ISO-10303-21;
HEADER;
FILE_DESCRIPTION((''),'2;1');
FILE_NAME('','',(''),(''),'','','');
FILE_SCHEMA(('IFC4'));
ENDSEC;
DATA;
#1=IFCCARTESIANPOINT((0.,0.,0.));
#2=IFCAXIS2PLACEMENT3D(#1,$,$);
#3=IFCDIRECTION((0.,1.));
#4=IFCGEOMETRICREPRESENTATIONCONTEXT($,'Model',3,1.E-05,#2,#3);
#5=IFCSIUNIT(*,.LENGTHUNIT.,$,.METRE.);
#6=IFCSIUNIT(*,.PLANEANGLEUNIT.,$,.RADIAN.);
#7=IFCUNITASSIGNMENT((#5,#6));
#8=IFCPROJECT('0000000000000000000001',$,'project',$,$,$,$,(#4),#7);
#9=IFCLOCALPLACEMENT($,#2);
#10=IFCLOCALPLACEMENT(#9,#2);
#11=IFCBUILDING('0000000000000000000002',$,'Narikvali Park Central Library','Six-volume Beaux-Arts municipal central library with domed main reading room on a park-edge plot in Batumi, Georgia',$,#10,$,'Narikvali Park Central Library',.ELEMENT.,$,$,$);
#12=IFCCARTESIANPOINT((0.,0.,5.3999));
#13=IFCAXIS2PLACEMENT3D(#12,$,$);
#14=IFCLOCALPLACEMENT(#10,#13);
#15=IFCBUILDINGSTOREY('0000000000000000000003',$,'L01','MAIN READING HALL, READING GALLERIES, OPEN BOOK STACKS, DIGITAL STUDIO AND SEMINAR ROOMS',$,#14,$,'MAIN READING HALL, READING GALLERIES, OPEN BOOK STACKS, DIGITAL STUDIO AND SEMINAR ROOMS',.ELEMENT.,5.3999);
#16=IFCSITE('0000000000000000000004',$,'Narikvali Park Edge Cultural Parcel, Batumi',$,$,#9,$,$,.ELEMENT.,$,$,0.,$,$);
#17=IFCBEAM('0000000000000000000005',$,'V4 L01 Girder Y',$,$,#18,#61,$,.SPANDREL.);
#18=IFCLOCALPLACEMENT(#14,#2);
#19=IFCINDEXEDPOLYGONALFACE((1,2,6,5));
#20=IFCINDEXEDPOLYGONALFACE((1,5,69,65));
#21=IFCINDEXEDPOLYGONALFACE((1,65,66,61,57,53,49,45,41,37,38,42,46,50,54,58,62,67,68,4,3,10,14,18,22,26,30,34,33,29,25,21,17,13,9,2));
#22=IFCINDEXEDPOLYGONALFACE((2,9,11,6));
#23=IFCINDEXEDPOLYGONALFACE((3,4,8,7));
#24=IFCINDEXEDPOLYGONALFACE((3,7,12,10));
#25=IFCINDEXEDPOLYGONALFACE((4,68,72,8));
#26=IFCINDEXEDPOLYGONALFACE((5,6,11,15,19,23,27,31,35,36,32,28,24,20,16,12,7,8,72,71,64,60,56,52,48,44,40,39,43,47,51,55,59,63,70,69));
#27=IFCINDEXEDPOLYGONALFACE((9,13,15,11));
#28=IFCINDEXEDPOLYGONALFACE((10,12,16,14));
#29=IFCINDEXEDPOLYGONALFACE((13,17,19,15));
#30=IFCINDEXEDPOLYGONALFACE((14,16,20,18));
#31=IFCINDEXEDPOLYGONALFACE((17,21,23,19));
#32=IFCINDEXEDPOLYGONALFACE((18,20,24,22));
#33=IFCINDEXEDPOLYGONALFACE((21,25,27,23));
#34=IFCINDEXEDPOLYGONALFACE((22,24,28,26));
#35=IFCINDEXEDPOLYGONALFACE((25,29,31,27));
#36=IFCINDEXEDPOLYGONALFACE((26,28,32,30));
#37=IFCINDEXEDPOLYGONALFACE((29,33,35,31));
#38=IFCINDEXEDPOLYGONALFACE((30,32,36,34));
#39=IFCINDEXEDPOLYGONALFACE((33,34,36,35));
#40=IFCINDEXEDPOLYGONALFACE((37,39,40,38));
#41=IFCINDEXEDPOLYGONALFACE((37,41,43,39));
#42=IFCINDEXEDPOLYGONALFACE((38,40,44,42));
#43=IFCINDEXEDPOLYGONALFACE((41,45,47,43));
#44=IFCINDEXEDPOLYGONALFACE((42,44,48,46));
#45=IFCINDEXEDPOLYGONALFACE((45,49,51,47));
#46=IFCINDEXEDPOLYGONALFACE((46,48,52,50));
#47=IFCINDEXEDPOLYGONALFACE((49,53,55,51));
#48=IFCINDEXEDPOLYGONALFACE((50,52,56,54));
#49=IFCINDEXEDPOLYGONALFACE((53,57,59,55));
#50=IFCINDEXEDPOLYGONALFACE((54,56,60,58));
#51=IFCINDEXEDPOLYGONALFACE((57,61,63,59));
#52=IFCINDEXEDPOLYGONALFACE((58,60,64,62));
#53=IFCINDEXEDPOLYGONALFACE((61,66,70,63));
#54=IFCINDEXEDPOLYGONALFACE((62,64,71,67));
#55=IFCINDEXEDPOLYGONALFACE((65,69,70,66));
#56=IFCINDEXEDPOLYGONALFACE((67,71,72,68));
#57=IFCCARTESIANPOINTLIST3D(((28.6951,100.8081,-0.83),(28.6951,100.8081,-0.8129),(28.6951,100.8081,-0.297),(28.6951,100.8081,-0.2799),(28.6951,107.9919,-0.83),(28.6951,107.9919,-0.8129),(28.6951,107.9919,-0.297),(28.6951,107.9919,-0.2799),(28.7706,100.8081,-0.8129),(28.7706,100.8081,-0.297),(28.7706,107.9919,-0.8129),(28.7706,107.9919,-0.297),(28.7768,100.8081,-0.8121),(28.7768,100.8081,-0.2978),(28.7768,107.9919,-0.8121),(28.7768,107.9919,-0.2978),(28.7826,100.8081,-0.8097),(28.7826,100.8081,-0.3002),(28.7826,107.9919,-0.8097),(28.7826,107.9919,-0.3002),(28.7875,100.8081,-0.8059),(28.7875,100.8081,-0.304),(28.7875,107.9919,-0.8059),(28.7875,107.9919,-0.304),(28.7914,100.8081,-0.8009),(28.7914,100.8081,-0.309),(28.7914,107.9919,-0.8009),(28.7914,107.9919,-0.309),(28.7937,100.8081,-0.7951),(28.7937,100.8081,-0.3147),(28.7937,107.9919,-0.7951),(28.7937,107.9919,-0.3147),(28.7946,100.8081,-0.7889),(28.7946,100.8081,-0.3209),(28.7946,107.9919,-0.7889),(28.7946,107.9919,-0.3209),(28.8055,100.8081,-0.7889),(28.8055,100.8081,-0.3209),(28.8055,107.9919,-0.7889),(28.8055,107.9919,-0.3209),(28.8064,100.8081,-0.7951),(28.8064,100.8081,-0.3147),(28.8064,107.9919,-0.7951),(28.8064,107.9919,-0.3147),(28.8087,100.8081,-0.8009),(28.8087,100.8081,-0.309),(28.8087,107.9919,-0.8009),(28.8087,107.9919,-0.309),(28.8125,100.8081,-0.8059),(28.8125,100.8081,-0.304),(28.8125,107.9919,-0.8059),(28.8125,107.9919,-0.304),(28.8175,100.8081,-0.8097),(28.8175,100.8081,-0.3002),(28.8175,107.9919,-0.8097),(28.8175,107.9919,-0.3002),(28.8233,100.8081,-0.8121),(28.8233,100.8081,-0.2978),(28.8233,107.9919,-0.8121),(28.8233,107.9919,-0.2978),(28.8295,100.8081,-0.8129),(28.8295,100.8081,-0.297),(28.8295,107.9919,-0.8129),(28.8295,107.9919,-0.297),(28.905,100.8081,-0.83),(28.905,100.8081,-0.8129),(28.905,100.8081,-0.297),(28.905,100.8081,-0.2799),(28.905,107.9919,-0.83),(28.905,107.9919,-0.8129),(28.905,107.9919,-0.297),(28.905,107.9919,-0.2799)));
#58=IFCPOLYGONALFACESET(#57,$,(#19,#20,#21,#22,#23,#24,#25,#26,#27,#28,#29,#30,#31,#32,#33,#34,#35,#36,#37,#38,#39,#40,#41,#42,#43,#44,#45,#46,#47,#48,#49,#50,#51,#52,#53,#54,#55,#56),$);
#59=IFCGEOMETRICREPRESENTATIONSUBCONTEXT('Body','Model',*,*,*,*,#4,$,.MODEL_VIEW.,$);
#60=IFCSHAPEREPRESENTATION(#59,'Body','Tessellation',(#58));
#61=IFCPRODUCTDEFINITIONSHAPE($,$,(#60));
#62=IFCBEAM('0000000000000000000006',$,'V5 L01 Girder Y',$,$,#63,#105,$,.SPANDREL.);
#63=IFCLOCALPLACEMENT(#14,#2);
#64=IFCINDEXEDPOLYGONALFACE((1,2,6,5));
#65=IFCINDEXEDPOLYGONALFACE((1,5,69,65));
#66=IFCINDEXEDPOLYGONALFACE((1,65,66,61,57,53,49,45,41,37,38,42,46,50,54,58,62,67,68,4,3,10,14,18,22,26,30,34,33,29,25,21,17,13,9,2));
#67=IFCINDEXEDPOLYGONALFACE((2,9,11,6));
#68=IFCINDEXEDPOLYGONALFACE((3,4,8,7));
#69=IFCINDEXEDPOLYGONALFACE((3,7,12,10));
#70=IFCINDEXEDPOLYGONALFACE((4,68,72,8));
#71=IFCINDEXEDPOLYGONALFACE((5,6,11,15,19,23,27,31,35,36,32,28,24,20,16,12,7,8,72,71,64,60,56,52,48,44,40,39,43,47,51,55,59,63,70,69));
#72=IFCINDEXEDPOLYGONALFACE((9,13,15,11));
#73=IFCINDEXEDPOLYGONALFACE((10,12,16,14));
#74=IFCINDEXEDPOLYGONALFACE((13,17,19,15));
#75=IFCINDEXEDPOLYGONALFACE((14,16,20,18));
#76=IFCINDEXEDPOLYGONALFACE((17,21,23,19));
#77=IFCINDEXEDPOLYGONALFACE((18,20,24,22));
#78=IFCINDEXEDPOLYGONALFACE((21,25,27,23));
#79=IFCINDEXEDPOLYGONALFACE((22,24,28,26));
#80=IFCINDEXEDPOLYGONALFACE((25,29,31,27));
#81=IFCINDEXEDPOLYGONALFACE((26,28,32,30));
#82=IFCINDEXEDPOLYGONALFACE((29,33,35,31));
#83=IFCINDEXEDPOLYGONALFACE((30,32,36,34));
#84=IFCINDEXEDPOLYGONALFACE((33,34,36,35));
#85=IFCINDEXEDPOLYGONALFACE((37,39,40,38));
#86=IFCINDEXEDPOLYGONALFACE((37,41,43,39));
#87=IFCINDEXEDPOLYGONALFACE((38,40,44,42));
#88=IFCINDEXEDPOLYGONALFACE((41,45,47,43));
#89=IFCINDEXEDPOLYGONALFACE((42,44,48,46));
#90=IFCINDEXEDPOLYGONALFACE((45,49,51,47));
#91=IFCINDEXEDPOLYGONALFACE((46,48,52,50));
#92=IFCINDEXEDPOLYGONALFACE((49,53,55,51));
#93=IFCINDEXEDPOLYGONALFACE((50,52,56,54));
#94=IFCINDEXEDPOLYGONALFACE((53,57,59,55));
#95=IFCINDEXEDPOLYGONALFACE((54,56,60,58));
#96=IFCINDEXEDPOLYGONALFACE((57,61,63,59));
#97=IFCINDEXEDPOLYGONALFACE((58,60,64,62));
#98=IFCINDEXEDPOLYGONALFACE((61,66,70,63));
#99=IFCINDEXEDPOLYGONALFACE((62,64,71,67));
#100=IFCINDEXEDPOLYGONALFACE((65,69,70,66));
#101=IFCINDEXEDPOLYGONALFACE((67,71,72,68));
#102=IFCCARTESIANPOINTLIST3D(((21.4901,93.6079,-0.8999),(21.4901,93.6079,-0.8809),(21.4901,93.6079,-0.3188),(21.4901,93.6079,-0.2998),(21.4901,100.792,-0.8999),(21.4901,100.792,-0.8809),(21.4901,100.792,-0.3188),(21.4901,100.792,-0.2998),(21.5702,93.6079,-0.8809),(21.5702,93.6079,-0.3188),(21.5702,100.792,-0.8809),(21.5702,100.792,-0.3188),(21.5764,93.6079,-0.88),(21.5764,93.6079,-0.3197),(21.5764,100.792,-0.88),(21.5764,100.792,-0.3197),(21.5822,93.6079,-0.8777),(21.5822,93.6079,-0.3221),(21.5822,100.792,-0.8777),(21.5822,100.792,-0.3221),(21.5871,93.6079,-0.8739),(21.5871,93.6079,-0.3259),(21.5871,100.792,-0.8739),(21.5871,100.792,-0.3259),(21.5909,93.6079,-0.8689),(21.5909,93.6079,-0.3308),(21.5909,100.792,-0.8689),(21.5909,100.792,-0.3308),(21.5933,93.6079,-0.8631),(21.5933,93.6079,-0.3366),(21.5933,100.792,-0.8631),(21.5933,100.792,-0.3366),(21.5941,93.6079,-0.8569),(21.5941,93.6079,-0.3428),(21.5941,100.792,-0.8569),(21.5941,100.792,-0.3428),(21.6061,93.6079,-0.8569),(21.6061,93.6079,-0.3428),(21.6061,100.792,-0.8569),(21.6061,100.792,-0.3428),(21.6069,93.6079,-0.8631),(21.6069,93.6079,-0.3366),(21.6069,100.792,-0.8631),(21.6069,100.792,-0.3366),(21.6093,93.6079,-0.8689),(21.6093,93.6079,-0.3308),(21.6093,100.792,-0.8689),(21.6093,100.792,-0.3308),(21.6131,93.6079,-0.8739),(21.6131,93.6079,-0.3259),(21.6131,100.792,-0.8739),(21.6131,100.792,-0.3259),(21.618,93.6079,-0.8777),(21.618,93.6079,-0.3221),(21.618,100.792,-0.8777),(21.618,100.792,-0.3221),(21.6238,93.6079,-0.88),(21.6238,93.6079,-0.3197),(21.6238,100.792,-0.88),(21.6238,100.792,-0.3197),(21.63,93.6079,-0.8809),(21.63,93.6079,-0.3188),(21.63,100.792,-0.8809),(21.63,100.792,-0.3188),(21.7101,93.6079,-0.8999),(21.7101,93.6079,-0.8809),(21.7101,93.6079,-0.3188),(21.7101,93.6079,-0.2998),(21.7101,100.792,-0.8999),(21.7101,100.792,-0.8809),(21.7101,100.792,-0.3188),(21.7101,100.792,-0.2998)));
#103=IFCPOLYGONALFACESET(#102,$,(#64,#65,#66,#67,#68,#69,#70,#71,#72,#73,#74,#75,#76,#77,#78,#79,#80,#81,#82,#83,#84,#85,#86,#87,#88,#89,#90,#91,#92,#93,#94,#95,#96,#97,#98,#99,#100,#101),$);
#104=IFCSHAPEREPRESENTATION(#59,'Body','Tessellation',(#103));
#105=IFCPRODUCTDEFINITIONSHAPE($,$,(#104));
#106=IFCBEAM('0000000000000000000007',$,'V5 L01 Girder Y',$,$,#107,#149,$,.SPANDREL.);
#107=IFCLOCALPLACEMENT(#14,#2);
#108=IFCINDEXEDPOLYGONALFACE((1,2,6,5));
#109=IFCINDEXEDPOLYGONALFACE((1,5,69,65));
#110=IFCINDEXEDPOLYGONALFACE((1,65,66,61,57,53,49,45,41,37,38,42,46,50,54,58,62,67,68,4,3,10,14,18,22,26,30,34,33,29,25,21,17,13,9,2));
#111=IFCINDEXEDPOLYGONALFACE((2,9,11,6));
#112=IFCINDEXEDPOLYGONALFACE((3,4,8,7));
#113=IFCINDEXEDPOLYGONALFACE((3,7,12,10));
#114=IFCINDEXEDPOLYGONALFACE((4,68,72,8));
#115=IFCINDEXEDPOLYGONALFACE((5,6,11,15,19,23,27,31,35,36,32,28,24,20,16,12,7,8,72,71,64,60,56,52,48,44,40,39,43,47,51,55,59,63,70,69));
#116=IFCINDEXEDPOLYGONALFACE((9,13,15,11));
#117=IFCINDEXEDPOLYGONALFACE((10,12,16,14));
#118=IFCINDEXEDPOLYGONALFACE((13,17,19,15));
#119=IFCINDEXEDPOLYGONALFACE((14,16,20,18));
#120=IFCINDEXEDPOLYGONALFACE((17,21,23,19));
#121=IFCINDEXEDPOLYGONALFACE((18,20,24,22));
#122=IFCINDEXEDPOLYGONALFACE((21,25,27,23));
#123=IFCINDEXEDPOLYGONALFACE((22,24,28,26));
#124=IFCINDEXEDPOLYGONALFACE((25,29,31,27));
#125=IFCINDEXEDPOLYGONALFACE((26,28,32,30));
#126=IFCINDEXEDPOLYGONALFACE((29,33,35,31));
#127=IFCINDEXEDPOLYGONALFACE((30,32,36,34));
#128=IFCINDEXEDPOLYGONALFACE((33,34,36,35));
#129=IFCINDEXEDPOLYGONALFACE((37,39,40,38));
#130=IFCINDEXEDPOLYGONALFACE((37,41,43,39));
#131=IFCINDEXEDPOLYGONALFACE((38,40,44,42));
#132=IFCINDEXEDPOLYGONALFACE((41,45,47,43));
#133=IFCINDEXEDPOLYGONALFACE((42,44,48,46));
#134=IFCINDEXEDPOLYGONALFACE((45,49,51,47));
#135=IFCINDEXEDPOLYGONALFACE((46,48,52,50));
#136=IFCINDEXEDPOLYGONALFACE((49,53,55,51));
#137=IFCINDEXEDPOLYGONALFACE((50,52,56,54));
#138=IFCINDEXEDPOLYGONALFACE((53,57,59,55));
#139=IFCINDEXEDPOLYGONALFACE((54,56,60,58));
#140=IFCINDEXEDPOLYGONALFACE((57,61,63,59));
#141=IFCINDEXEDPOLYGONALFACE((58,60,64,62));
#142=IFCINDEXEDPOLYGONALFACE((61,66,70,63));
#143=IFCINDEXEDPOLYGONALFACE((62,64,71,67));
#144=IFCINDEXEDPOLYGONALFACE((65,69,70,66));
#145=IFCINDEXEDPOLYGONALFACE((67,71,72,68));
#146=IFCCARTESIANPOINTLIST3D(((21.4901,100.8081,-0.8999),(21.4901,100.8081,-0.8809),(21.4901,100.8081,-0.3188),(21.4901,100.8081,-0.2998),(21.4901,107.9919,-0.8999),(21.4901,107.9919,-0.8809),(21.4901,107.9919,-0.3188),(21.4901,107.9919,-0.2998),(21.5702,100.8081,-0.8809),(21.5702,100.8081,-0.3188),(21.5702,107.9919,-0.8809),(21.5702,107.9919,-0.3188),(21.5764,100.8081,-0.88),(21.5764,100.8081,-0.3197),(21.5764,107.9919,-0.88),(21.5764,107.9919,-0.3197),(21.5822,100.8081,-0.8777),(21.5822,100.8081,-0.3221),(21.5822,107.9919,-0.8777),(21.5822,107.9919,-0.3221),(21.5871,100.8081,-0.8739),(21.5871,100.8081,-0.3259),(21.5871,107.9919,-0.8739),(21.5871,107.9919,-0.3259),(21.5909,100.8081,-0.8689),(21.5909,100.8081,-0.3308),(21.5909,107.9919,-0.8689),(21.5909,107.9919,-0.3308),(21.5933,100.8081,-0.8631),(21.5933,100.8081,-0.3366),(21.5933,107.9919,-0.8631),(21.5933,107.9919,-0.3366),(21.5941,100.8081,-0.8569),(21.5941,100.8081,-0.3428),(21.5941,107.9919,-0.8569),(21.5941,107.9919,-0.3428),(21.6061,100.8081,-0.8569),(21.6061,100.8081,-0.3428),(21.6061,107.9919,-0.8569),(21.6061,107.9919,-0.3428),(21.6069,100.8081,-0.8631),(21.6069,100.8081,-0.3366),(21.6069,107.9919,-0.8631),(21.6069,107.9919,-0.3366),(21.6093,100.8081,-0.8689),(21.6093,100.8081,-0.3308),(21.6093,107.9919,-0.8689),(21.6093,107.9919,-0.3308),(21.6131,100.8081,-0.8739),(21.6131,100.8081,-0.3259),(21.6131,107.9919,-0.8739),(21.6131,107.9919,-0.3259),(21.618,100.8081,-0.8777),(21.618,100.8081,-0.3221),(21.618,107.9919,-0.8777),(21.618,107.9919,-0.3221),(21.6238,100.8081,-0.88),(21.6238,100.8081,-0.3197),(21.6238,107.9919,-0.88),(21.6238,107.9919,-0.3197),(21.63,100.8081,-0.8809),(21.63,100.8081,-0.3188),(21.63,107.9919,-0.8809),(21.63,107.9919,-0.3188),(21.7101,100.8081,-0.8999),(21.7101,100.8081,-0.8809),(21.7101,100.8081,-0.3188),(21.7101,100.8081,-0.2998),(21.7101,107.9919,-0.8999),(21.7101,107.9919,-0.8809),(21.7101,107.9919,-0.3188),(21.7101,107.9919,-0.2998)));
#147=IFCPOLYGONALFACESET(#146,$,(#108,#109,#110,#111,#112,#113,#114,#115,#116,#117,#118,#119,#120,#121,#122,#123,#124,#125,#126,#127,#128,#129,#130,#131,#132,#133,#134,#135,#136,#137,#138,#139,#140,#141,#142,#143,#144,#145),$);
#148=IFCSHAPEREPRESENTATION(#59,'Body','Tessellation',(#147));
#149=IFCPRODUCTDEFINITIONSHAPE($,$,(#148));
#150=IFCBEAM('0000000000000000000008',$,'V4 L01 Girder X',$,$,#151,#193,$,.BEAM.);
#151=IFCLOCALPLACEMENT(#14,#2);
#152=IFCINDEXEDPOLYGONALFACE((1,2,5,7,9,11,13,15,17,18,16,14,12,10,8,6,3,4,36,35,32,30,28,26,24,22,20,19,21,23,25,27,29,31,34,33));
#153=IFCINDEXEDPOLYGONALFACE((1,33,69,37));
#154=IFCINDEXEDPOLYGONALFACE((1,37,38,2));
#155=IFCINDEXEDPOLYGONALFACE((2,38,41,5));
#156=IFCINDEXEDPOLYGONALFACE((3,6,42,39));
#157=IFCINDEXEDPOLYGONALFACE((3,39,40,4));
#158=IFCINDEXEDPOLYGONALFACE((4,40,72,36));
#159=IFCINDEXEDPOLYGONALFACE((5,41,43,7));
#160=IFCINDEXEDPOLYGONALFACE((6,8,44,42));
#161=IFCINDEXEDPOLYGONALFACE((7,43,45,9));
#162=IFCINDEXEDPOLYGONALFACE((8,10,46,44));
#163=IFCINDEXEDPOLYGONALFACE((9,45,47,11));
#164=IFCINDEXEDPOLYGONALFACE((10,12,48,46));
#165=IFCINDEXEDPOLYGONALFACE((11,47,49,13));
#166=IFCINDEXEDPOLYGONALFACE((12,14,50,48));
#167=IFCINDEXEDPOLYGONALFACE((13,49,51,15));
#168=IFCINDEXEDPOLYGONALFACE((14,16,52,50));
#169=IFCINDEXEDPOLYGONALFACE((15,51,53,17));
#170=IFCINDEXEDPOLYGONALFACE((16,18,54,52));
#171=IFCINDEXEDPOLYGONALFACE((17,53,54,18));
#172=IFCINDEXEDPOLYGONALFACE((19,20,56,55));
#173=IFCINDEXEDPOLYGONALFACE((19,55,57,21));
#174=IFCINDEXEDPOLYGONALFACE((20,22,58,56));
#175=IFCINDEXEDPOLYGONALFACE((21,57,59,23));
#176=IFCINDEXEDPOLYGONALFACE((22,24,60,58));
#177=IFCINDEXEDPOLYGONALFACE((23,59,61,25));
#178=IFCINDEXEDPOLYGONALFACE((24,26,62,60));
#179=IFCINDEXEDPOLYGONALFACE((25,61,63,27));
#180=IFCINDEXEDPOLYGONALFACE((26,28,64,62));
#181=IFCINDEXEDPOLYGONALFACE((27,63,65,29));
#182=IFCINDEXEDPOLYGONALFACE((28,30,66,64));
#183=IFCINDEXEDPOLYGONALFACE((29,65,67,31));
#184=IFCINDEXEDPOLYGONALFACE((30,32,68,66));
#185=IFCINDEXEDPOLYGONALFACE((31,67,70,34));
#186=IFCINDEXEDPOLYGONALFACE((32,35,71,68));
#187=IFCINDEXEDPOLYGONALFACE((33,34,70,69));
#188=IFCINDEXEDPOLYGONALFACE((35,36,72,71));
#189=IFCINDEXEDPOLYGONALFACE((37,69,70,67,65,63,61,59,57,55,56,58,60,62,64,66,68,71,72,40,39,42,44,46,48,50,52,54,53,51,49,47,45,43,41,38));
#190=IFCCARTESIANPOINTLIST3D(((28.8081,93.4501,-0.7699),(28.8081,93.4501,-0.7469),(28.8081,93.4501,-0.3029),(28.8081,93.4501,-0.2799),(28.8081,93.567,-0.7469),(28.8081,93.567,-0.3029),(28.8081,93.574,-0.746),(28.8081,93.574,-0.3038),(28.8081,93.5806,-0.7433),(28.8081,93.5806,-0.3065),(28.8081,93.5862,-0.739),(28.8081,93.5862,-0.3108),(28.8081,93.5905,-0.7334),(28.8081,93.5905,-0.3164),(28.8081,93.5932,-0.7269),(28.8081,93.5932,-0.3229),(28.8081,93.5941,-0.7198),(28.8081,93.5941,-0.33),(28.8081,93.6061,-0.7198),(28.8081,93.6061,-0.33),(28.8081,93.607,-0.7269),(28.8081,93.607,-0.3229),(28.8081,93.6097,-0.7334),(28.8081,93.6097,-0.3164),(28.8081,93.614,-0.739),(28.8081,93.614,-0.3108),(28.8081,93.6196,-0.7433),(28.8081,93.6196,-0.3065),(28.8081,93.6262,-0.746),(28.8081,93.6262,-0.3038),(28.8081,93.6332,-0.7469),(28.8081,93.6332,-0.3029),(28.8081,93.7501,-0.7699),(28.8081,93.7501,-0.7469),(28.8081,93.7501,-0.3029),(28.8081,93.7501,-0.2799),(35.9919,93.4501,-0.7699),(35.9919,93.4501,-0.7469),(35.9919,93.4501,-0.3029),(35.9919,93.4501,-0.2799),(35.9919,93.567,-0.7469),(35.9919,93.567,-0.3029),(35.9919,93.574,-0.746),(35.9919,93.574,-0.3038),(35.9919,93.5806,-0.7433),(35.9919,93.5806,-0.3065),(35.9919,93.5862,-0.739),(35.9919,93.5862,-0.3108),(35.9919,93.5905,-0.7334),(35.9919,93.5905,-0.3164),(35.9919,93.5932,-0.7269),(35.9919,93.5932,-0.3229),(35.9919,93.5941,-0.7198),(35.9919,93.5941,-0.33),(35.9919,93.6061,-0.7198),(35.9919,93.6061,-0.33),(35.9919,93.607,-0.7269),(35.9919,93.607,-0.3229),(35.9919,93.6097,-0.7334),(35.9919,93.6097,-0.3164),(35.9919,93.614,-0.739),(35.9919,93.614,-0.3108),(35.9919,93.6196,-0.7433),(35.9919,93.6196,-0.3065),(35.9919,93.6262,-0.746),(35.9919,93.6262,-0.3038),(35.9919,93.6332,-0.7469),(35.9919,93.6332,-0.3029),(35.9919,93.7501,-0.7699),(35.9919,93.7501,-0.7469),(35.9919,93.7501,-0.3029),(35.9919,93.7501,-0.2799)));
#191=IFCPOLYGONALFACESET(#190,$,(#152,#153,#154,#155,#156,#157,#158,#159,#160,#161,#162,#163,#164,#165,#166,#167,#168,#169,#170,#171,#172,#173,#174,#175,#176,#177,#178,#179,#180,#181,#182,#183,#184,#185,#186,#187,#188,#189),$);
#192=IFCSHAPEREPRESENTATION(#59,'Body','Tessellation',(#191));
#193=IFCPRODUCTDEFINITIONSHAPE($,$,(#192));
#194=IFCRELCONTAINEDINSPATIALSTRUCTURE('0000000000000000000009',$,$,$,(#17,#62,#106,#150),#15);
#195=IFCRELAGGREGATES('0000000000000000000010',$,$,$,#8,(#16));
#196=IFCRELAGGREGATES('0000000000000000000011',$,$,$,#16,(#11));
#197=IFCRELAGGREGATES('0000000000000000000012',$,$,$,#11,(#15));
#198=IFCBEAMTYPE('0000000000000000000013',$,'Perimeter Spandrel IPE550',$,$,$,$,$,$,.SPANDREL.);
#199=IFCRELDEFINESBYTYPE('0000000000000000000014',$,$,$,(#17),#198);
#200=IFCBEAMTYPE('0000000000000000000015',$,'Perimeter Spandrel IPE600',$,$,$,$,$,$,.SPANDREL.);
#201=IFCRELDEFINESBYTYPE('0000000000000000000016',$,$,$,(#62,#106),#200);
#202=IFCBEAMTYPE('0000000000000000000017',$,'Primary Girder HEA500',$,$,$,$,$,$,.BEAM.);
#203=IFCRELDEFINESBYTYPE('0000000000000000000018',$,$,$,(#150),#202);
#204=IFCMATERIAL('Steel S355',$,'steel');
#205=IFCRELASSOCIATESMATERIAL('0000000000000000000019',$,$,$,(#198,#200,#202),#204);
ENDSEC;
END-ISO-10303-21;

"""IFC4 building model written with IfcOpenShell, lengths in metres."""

from ifc_helpers import new_model, si_unit, direction, frame, origin, origin_2d, place, context, subcontext, project, spatial, i_section, extrude, material, material_profile, profile_set, type_object, element, save


model = new_model("IFC4")

# Units and contexts
model_context = context("Model", 3, precision=1e-05, world=origin(), true_north=direction((0.0, 1.0)))
body_context = subcontext(model_context, "Body", "Model", "MODEL_VIEW")
ifc_project = project(units=[si_unit("LENGTHUNIT", "METRE"), si_unit("PLANEANGLEUNIT", "RADIAN")], contexts=[model_context])

# Site, building, storey
site_placement = place(None, origin())
site = spatial("IfcSite", under=ifc_project, at=site_placement, Name="Narikvali Park Edge Cultural Parcel, Batumi", CompositionType="ELEMENT", RefElevation=0.0)
building_placement = place(site_placement, origin())
building = spatial("IfcBuilding", under=site, at=building_placement, Name="Narikvali Park Central Library", Description="Six-volume Beaux-Arts municipal central library with domed main reading room on a park-edge plot in Batumi, Georgia", LongName="Narikvali Park Central Library", CompositionType="ELEMENT")
storey_placement = place(building_placement, frame((0.0, 0.0, 5.3999)))
storey = spatial("IfcBuildingStorey", under=building, at=storey_placement, Name="L01", Description="MAIN READING HALL, READING GALLERIES, OPEN BOOK STACKS, DIGITAL STUDIO AND SEMINAR ROOMS", LongName="MAIN READING HALL, READING GALLERIES, OPEN BOOK STACKS, DIGITAL STUDIO AND SEMINAR ROOMS", CompositionType="ELEMENT", Elevation=5.3999)

# Shared definitions
ifc_material_1 = material(Name="Steel S355", Category="steel")

# Beams
ifc_material_profile_1 = material_profile(ifc_material_1, i_section(OverallWidth=0.21, OverallDepth=0.55, WebThickness=0.011, FlangeThickness=0.0171, FilletRadius=0.0239, at=origin_2d()), Name="IPE 550")
ifc_profile_set_1 = profile_set([ifc_material_profile_1], Name="Steel S355")
beam_type_1 = type_object("IfcBeamType", Name="Perimeter Spandrel IPE550", PredefinedType="SPANDREL", material=ifc_profile_set_1)
beam_1_placement = place(storey_placement, frame((28.8, 100.8081, -0.5549), z_axis=(0.0, 1.0, 0.0), x_axis=(-1.0, 0.0, 0.0)))
element("IfcBeam", 1, at=beam_1_placement, inside=storey, type_object=beam_type_1, Name="V4 L01 Girder Y", PredefinedType="SPANDREL", context=body_context, shape_type="SweptSolid", body=[
    extrude(i_section(OverallWidth=0.21, OverallDepth=0.55, WebThickness=0.011, FlangeThickness=0.0171, FilletRadius=0.0239, at=origin_2d()), origin(), (0.0, 0.0, 1.0), 7.1838),
])
ifc_material_profile_2 = material_profile(ifc_material_1, i_section(OverallWidth=0.22, OverallDepth=0.6001, WebThickness=0.012, FlangeThickness=0.019, FilletRadius=0.0239, at=origin_2d()), Name="IPE 600")
ifc_profile_set_2 = profile_set([ifc_material_profile_2], Name="Steel S355")
beam_type_2 = type_object("IfcBeamType", Name="Perimeter Spandrel IPE600", PredefinedType="SPANDREL", material=ifc_profile_set_2)
beam_2_placement = place(storey_placement, frame((21.6001, 93.6079, -0.5999), z_axis=(0.0, 1.0, 0.0), x_axis=(-1.0, 0.0, 0.0)))
element("IfcBeam", 2, at=beam_2_placement, inside=storey, type_object=beam_type_2, Name="V5 L01 Girder Y", PredefinedType="SPANDREL", context=body_context, shape_type="SweptSolid", body=[
    extrude(i_section(OverallWidth=0.22, OverallDepth=0.6001, WebThickness=0.012, FlangeThickness=0.019, FilletRadius=0.0239, at=origin_2d()), origin(), (0.0, 0.0, 1.0), 7.1841),
])
beam_3_placement = place(storey_placement, frame((21.6001, 100.8081, -0.5999), z_axis=(0.0, 1.0, 0.0), x_axis=(-1.0, 0.0, 0.0)))
element("IfcBeam", 3, at=beam_3_placement, inside=storey, type_object=beam_type_2, Name="V5 L01 Girder Y", PredefinedType="SPANDREL", context=body_context, shape_type="SweptSolid", body=[
    extrude(i_section(OverallWidth=0.22, OverallDepth=0.6001, WebThickness=0.012, FlangeThickness=0.019, FilletRadius=0.0239, at=origin_2d()), origin(), (0.0, 0.0, 1.0), 7.1838),
])
ifc_material_profile_3 = material_profile(ifc_material_1, i_section(OverallWidth=0.3, OverallDepth=0.49, WebThickness=0.012, FlangeThickness=0.0229, FilletRadius=0.0271, at=origin_2d()), Name="HEA 500")
ifc_profile_set_3 = profile_set([ifc_material_profile_3], Name="Steel S355")
beam_type_3 = type_object("IfcBeamType", Name="Primary Girder HEA500", PredefinedType="BEAM", material=ifc_profile_set_3)
for number, where, z_axis, x_axis, name in (
    (4, (28.8081, 93.6001, -0.5249), (1.0, 0.0, 0.0), (0.0, 1.0, 0.0), "V4 L01 Girder X"),
):
    element("IfcBeam", number, at=place(storey_placement, frame(where, z_axis=z_axis, x_axis=x_axis)), inside=storey, type_object=beam_type_3, Name=name, PredefinedType="BEAM", context=body_context, shape_type="SweptSolid", body=[
        extrude(i_section(OverallWidth=0.3, OverallDepth=0.49, WebThickness=0.012, FlangeThickness=0.0229, FilletRadius=0.0271, at=origin_2d()), origin(), (0.0, 0.0, 1.0), 7.1838),
    ])

save(model, "model.ifc")
